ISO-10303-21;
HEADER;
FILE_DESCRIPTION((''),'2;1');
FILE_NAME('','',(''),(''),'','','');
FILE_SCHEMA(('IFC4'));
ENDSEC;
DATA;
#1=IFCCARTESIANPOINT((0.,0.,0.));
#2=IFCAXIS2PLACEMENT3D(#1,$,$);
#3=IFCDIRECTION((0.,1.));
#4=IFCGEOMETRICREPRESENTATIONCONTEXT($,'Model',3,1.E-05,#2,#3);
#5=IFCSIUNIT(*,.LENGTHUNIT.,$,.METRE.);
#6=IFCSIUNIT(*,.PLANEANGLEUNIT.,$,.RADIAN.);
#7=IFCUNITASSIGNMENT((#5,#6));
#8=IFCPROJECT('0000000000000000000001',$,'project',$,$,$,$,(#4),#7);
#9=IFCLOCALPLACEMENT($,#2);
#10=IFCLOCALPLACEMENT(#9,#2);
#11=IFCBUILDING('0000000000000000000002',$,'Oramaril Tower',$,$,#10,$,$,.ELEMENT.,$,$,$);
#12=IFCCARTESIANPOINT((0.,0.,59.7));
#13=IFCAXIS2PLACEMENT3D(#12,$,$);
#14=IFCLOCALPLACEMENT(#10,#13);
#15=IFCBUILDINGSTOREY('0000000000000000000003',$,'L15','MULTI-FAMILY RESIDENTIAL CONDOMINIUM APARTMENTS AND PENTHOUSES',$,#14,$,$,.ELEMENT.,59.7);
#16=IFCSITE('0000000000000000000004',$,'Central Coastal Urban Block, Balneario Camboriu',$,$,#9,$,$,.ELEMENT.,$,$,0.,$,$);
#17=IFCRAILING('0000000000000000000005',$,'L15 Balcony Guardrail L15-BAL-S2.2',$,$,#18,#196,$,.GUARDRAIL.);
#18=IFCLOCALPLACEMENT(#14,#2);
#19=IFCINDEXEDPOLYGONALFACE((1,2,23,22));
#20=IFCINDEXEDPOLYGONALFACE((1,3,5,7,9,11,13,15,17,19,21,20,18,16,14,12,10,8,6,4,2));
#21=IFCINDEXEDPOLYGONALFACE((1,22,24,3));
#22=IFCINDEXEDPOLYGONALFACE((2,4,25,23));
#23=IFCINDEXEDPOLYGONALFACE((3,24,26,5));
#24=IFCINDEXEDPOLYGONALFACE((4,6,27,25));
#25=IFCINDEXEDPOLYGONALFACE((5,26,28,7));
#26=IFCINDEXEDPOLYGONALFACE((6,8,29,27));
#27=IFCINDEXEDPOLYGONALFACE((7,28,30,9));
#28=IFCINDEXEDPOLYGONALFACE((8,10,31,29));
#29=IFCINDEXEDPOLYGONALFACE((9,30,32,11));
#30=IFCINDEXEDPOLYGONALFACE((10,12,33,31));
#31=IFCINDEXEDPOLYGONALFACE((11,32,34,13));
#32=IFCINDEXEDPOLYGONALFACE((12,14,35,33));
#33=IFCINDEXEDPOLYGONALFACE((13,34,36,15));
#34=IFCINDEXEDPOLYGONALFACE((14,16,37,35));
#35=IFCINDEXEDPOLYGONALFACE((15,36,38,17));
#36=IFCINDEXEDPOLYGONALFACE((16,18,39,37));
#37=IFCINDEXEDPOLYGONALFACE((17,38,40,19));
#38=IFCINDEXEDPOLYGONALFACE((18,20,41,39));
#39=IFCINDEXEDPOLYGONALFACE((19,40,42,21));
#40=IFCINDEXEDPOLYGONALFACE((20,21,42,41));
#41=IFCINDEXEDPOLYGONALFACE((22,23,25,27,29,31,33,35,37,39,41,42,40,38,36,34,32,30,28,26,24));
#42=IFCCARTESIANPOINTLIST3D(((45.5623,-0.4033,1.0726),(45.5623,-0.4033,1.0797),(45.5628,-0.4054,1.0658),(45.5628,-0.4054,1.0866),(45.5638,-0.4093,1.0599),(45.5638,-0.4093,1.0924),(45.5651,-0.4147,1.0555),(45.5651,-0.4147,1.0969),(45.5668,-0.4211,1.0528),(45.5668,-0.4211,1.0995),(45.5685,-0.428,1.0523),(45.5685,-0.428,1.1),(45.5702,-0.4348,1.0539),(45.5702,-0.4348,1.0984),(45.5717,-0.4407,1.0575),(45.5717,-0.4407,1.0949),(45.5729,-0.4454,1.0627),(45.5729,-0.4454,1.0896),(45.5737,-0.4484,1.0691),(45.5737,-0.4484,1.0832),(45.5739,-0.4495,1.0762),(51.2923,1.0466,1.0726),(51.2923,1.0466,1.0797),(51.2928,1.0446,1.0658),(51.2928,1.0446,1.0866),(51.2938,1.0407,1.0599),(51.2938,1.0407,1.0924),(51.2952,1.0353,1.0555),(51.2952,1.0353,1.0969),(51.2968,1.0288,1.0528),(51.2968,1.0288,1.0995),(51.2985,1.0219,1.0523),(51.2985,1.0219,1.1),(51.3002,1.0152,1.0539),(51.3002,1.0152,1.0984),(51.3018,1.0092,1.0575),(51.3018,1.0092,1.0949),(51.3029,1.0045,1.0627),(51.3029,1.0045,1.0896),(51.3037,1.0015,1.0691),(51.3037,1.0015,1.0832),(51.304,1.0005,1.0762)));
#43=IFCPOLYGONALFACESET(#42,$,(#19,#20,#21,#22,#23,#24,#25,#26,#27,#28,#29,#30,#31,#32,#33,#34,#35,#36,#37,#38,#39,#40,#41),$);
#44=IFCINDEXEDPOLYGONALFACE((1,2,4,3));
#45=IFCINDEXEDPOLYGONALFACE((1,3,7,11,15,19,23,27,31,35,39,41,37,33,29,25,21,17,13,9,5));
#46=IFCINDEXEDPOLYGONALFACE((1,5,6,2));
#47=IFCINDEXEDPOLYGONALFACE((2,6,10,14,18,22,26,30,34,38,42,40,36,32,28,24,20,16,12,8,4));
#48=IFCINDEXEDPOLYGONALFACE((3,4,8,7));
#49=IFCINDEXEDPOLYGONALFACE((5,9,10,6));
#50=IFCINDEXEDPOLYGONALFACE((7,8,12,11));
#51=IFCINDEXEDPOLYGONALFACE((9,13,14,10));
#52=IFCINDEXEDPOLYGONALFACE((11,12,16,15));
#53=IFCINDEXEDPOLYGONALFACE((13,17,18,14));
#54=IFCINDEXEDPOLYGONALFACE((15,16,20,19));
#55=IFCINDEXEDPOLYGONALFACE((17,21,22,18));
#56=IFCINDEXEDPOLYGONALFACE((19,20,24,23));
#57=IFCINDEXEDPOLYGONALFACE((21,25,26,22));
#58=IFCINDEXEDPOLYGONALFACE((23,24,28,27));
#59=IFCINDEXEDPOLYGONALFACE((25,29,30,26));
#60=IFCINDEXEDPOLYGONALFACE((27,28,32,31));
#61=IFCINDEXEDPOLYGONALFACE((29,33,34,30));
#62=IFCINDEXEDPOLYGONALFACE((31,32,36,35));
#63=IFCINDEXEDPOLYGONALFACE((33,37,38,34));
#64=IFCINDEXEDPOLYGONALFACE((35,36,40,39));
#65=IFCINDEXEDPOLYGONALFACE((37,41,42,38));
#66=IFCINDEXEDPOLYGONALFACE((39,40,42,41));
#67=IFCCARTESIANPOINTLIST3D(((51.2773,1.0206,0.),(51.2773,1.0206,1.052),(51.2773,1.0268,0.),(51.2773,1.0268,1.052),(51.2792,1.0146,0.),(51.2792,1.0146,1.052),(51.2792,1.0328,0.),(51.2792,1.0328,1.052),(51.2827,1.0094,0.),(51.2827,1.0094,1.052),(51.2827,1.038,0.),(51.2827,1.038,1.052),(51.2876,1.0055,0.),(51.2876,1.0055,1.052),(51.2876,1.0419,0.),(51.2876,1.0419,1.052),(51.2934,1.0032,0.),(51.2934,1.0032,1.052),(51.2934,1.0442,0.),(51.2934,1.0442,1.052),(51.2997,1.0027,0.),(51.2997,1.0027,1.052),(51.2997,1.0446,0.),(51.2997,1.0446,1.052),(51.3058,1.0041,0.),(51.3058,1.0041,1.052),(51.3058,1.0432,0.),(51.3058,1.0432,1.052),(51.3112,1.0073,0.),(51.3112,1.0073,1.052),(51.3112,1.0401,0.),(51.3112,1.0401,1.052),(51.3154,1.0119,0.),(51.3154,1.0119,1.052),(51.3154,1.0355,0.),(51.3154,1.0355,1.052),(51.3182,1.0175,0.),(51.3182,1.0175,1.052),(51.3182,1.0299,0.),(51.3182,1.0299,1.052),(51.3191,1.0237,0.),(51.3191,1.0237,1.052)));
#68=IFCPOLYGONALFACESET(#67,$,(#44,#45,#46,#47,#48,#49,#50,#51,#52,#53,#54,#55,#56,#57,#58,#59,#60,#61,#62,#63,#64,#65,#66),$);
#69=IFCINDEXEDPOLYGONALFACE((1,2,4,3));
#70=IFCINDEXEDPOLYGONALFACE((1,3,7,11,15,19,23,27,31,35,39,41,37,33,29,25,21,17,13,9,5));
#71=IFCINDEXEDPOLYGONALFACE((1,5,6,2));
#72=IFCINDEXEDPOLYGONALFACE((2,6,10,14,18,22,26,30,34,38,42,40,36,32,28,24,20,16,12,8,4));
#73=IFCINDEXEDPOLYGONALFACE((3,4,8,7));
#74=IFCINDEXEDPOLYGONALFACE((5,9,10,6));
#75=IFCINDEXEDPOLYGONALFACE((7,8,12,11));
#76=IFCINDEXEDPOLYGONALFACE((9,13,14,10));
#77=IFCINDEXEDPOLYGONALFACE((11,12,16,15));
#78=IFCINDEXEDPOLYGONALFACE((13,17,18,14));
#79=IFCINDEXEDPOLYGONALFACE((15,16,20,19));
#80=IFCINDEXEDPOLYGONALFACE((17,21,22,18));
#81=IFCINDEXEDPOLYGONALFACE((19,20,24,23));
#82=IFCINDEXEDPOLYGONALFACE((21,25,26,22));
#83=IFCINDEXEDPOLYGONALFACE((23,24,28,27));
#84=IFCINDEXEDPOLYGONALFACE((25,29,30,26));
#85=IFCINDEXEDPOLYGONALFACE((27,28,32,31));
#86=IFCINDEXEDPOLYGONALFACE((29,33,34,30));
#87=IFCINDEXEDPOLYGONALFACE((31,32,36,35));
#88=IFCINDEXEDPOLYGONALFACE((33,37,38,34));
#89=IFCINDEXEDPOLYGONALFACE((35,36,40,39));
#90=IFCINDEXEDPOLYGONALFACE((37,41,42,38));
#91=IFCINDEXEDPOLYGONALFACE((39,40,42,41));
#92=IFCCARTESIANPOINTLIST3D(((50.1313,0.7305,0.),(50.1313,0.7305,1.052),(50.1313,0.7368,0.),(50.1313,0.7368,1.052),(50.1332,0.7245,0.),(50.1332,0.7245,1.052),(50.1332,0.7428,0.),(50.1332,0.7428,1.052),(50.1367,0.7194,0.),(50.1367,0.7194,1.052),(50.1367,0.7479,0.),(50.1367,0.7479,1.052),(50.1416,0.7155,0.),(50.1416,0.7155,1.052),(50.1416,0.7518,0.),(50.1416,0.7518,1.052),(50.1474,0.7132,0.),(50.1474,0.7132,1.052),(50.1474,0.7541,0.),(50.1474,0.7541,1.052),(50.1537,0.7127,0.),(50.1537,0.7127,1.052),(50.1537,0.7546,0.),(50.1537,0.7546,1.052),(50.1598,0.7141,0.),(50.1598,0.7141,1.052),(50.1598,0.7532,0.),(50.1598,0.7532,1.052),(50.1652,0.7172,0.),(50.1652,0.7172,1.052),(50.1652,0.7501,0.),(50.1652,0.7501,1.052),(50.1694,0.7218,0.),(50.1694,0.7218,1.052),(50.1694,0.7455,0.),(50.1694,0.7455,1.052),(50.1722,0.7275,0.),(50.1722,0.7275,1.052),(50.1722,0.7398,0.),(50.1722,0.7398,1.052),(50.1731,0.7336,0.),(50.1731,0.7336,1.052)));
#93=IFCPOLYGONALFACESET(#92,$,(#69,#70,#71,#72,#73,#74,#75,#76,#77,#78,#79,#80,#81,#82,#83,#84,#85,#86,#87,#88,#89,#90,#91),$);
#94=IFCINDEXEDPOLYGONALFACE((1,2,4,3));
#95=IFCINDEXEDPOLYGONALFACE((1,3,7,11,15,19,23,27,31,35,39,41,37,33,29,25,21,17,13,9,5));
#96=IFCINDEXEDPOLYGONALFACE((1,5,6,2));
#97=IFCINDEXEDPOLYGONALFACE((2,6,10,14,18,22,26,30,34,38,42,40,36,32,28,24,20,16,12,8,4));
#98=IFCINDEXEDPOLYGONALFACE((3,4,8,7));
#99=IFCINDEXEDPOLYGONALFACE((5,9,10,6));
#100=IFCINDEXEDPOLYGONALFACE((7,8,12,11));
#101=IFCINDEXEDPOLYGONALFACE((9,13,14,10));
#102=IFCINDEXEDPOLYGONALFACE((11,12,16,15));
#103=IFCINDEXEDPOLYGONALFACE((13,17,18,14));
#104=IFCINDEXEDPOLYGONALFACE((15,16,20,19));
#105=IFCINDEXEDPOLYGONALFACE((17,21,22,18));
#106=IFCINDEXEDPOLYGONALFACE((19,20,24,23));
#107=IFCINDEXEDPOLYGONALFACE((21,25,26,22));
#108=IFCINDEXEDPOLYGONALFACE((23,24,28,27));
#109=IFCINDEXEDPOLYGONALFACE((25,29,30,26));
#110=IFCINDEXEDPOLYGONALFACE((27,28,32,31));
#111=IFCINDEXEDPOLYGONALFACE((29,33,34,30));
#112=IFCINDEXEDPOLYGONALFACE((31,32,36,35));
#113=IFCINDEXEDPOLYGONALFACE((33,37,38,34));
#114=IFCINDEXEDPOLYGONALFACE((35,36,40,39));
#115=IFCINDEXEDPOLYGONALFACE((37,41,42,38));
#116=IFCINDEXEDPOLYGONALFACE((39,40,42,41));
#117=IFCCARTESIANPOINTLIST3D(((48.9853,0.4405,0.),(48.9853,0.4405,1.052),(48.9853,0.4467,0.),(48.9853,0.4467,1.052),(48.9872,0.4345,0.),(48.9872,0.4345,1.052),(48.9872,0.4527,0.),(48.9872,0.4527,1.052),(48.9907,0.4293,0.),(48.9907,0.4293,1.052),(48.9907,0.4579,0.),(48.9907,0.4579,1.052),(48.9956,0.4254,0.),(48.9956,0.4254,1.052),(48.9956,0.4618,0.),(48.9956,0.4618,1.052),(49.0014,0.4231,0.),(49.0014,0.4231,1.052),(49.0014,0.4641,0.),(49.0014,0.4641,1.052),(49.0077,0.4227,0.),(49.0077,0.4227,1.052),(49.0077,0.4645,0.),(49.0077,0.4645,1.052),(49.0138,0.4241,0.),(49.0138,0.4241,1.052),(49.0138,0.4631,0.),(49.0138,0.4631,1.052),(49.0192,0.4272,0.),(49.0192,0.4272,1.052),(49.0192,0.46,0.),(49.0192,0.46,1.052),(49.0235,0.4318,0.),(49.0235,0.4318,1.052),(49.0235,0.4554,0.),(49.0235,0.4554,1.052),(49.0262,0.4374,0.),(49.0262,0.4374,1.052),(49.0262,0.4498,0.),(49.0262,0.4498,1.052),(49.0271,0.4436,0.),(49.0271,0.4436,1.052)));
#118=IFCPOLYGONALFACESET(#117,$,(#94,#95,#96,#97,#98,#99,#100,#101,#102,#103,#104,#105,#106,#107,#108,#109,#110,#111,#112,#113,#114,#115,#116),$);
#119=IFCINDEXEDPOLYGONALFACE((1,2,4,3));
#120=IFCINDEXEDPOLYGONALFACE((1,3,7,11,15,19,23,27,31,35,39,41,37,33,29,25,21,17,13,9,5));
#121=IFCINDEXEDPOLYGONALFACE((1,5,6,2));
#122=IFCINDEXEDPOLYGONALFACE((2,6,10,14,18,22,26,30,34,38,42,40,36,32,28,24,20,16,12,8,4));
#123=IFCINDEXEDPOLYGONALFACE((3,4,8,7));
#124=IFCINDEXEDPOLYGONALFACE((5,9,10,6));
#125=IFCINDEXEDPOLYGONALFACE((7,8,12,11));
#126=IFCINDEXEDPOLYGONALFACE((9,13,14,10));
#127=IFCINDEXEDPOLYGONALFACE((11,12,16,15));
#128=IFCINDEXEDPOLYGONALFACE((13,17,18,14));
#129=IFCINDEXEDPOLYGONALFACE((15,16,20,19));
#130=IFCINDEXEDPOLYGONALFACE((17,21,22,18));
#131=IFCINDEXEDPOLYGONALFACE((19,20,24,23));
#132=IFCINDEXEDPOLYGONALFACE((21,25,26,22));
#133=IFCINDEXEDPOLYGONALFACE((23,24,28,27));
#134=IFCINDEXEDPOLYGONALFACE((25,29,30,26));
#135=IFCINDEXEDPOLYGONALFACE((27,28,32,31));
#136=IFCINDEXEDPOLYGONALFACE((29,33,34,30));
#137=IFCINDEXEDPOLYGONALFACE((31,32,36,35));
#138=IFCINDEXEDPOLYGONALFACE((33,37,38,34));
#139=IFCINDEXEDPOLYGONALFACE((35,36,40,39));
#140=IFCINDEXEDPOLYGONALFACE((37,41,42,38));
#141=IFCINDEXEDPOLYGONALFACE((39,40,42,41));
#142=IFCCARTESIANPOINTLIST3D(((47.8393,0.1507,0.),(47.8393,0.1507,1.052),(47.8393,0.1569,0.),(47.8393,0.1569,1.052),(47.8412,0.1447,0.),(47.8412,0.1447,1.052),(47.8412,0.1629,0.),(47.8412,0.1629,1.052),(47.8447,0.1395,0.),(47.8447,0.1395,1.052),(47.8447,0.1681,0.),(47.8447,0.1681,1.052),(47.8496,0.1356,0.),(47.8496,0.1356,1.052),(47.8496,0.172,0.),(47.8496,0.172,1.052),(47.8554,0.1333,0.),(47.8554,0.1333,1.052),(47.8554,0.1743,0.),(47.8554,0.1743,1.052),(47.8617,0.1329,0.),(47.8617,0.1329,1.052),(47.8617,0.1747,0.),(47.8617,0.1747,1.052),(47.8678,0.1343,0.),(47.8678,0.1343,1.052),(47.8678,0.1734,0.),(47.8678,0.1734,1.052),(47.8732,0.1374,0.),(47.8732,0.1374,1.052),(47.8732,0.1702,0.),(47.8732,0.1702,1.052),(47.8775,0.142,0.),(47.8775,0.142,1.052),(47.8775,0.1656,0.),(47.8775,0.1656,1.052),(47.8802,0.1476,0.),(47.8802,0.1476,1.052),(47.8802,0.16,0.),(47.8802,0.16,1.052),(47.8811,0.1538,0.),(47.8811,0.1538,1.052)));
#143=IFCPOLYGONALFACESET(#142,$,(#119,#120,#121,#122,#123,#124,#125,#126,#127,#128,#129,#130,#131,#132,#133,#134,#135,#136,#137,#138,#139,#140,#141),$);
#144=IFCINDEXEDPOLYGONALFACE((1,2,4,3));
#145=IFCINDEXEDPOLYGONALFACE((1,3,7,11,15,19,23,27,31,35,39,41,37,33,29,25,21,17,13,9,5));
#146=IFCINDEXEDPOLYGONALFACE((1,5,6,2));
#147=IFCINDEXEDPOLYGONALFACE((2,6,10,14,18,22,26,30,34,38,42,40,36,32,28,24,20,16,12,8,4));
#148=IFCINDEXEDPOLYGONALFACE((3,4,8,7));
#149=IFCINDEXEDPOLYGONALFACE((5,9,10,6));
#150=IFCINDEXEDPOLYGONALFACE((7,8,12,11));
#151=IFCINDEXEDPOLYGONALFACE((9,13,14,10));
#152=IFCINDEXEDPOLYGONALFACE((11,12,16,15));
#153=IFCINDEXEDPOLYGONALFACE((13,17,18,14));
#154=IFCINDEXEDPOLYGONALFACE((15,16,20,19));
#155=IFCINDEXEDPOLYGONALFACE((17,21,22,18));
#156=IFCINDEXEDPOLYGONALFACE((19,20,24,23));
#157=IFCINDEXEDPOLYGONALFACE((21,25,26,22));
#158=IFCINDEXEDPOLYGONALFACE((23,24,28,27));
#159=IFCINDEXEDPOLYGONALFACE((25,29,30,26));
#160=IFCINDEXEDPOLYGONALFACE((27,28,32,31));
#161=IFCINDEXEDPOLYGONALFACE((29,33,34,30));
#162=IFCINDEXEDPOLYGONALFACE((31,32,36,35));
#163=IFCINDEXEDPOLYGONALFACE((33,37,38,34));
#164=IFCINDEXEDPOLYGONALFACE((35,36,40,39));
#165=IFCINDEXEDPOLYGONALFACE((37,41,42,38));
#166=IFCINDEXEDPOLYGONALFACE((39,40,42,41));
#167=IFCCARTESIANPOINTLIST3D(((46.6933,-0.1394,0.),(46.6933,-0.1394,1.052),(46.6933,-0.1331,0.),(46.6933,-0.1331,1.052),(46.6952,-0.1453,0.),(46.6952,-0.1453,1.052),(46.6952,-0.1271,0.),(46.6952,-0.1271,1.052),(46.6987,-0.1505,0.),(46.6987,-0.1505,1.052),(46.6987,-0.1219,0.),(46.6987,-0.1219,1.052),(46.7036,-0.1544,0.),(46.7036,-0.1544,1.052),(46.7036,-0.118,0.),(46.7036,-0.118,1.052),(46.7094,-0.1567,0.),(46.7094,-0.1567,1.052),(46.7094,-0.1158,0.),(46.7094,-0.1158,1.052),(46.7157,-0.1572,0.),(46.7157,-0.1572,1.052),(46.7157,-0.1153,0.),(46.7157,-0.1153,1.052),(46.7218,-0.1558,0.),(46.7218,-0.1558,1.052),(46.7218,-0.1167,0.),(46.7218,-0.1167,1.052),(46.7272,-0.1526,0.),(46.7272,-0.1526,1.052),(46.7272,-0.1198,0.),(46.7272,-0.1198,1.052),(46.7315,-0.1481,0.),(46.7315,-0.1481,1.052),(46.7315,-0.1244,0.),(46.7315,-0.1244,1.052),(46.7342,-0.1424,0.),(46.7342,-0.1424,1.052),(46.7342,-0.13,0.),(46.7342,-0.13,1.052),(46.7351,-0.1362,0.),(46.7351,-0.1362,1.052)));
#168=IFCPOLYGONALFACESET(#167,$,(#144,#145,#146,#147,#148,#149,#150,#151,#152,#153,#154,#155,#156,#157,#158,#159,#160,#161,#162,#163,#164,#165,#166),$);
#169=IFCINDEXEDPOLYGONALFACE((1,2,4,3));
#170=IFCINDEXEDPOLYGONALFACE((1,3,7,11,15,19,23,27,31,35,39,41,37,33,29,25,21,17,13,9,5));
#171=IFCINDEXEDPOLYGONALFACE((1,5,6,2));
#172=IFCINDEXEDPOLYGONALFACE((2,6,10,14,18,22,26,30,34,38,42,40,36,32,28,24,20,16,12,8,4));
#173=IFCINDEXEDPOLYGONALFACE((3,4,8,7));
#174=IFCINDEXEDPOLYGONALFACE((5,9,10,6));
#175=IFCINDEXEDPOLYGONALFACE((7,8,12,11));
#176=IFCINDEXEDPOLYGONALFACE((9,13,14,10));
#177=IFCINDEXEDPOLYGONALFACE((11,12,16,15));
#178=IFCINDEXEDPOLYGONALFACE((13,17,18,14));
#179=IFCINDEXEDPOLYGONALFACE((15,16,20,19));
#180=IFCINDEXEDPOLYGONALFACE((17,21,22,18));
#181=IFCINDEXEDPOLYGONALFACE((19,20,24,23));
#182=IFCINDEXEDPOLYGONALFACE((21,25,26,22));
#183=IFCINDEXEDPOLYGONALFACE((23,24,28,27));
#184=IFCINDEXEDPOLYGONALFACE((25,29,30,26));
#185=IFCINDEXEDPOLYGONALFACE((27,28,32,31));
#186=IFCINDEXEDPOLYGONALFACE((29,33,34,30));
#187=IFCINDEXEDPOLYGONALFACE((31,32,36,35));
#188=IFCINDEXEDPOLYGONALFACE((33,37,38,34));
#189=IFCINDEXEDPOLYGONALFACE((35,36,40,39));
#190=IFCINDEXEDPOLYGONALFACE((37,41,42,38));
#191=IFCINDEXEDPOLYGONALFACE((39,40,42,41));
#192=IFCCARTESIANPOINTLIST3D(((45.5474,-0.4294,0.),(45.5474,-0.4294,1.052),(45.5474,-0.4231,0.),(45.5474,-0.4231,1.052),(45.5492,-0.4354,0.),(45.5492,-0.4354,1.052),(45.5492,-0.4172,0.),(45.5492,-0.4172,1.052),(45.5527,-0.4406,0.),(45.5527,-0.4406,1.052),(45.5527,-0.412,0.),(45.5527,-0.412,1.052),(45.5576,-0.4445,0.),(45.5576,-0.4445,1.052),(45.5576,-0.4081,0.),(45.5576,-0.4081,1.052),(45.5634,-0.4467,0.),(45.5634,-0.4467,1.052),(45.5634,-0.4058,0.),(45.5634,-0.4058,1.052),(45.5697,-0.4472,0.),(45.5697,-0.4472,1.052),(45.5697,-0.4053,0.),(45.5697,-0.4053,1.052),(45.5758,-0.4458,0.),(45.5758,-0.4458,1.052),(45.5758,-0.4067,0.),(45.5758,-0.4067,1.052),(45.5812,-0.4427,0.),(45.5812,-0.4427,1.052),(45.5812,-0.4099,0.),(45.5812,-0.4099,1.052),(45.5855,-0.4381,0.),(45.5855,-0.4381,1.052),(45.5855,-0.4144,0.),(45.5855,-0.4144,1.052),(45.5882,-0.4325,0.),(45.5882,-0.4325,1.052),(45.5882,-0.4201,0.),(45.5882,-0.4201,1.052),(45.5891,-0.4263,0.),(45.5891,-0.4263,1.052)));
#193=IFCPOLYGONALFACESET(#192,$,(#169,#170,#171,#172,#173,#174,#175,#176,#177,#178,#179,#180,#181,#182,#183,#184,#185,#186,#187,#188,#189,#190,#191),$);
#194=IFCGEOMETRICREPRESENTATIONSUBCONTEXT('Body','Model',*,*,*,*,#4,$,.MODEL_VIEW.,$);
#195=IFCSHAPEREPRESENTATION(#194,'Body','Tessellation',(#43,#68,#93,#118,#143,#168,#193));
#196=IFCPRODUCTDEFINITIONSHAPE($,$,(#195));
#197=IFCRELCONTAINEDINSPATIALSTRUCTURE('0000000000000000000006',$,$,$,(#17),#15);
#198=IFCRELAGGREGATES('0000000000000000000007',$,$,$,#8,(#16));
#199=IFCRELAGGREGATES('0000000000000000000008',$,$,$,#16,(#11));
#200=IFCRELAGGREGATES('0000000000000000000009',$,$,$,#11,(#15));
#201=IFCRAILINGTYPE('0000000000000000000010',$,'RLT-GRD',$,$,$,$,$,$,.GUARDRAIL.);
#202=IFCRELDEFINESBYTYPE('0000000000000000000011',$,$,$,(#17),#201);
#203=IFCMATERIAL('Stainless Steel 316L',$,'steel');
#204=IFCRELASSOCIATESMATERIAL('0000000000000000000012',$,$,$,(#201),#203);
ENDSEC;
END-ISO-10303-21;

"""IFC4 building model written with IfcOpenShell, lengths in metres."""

from ifc_helpers import new_model, si_unit, direction, frame, origin, origin_2d, place, context, subcontext, project, spatial, circle, extrude, material, type_object, element, save


model = new_model("IFC4")

# Units and contexts
model_context = context("Model", 3, precision=1e-05, world=origin(), true_north=direction((0.0, 1.0)))
body_context = subcontext(model_context, "Body", "Model", "MODEL_VIEW")
ifc_project = project(units=[si_unit("LENGTHUNIT", "METRE"), si_unit("PLANEANGLEUNIT", "RADIAN")], contexts=[model_context])

# Site, building, storey
site_placement = place(None, origin())
site = spatial("IfcSite", under=ifc_project, at=site_placement, Name="Central Coastal Urban Block, Balneario Camboriu", CompositionType="ELEMENT", RefElevation=0.0)
building_placement = place(site_placement, origin())
building = spatial("IfcBuilding", under=site, at=building_placement, Name="Oramaril Tower", CompositionType="ELEMENT")
storey_placement = place(building_placement, frame((0.0, 0.0, 59.7)))
storey = spatial("IfcBuildingStorey", under=building, at=storey_placement, Name="L15", Description="MULTI-FAMILY RESIDENTIAL CONDOMINIUM APARTMENTS AND PENTHOUSES", CompositionType="ELEMENT", Elevation=59.7)

# Railing
ifc_material_1 = material(Name="Stainless Steel 316L", Category="steel")
railing_type = type_object("IfcRailingType", Name="RLT-GRD", PredefinedType="GUARDRAIL", material=ifc_material_1)
railing_1_placement = place(storey_placement, frame((51.2981, 1.0237, 0.0)))
element("IfcRailing", 1, at=railing_1_placement, inside=storey, type_object=railing_type, Name="L15 Balcony Guardrail L15-BAL-S2.2", PredefinedType="GUARDRAIL", context=body_context, shape_type="SweptSolid", body=[
    extrude(circle(Radius=0.0239, at=origin_2d()), frame((0.0, 0.0, 1.0762), z_axis=(-0.969444, -0.245314, 0.0), x_axis=(0.245314, -0.969444, 0.0)), (0.0, 0.0, 1.0), 5.9106),
    extrude(circle(Radius=0.021, at=origin_2d()), origin(), (0.0, 0.0, 1.0), 1.052),
    extrude(circle(Radius=0.021, at=origin_2d()), frame((-1.146, -0.29, 0.0)), (0.0, 0.0, 1.0), 1.052),
    extrude(circle(Radius=0.021, at=origin_2d()), frame((-2.292, -0.5801, 0.0)), (0.0, 0.0, 1.0), 1.052),
    extrude(circle(Radius=0.021, at=origin_2d()), frame((-3.438, -0.8699, 0.0)), (0.0, 0.0, 1.0), 1.052),
    extrude(circle(Radius=0.021, at=origin_2d()), frame((-4.584, -1.1599, 0.0)), (0.0, 0.0, 1.0), 1.052),
    extrude(circle(Radius=0.021, at=origin_2d()), frame((-5.73, -1.45, 0.0)), (0.0, 0.0, 1.0), 1.052),
])

save(model, "model.ifc")
